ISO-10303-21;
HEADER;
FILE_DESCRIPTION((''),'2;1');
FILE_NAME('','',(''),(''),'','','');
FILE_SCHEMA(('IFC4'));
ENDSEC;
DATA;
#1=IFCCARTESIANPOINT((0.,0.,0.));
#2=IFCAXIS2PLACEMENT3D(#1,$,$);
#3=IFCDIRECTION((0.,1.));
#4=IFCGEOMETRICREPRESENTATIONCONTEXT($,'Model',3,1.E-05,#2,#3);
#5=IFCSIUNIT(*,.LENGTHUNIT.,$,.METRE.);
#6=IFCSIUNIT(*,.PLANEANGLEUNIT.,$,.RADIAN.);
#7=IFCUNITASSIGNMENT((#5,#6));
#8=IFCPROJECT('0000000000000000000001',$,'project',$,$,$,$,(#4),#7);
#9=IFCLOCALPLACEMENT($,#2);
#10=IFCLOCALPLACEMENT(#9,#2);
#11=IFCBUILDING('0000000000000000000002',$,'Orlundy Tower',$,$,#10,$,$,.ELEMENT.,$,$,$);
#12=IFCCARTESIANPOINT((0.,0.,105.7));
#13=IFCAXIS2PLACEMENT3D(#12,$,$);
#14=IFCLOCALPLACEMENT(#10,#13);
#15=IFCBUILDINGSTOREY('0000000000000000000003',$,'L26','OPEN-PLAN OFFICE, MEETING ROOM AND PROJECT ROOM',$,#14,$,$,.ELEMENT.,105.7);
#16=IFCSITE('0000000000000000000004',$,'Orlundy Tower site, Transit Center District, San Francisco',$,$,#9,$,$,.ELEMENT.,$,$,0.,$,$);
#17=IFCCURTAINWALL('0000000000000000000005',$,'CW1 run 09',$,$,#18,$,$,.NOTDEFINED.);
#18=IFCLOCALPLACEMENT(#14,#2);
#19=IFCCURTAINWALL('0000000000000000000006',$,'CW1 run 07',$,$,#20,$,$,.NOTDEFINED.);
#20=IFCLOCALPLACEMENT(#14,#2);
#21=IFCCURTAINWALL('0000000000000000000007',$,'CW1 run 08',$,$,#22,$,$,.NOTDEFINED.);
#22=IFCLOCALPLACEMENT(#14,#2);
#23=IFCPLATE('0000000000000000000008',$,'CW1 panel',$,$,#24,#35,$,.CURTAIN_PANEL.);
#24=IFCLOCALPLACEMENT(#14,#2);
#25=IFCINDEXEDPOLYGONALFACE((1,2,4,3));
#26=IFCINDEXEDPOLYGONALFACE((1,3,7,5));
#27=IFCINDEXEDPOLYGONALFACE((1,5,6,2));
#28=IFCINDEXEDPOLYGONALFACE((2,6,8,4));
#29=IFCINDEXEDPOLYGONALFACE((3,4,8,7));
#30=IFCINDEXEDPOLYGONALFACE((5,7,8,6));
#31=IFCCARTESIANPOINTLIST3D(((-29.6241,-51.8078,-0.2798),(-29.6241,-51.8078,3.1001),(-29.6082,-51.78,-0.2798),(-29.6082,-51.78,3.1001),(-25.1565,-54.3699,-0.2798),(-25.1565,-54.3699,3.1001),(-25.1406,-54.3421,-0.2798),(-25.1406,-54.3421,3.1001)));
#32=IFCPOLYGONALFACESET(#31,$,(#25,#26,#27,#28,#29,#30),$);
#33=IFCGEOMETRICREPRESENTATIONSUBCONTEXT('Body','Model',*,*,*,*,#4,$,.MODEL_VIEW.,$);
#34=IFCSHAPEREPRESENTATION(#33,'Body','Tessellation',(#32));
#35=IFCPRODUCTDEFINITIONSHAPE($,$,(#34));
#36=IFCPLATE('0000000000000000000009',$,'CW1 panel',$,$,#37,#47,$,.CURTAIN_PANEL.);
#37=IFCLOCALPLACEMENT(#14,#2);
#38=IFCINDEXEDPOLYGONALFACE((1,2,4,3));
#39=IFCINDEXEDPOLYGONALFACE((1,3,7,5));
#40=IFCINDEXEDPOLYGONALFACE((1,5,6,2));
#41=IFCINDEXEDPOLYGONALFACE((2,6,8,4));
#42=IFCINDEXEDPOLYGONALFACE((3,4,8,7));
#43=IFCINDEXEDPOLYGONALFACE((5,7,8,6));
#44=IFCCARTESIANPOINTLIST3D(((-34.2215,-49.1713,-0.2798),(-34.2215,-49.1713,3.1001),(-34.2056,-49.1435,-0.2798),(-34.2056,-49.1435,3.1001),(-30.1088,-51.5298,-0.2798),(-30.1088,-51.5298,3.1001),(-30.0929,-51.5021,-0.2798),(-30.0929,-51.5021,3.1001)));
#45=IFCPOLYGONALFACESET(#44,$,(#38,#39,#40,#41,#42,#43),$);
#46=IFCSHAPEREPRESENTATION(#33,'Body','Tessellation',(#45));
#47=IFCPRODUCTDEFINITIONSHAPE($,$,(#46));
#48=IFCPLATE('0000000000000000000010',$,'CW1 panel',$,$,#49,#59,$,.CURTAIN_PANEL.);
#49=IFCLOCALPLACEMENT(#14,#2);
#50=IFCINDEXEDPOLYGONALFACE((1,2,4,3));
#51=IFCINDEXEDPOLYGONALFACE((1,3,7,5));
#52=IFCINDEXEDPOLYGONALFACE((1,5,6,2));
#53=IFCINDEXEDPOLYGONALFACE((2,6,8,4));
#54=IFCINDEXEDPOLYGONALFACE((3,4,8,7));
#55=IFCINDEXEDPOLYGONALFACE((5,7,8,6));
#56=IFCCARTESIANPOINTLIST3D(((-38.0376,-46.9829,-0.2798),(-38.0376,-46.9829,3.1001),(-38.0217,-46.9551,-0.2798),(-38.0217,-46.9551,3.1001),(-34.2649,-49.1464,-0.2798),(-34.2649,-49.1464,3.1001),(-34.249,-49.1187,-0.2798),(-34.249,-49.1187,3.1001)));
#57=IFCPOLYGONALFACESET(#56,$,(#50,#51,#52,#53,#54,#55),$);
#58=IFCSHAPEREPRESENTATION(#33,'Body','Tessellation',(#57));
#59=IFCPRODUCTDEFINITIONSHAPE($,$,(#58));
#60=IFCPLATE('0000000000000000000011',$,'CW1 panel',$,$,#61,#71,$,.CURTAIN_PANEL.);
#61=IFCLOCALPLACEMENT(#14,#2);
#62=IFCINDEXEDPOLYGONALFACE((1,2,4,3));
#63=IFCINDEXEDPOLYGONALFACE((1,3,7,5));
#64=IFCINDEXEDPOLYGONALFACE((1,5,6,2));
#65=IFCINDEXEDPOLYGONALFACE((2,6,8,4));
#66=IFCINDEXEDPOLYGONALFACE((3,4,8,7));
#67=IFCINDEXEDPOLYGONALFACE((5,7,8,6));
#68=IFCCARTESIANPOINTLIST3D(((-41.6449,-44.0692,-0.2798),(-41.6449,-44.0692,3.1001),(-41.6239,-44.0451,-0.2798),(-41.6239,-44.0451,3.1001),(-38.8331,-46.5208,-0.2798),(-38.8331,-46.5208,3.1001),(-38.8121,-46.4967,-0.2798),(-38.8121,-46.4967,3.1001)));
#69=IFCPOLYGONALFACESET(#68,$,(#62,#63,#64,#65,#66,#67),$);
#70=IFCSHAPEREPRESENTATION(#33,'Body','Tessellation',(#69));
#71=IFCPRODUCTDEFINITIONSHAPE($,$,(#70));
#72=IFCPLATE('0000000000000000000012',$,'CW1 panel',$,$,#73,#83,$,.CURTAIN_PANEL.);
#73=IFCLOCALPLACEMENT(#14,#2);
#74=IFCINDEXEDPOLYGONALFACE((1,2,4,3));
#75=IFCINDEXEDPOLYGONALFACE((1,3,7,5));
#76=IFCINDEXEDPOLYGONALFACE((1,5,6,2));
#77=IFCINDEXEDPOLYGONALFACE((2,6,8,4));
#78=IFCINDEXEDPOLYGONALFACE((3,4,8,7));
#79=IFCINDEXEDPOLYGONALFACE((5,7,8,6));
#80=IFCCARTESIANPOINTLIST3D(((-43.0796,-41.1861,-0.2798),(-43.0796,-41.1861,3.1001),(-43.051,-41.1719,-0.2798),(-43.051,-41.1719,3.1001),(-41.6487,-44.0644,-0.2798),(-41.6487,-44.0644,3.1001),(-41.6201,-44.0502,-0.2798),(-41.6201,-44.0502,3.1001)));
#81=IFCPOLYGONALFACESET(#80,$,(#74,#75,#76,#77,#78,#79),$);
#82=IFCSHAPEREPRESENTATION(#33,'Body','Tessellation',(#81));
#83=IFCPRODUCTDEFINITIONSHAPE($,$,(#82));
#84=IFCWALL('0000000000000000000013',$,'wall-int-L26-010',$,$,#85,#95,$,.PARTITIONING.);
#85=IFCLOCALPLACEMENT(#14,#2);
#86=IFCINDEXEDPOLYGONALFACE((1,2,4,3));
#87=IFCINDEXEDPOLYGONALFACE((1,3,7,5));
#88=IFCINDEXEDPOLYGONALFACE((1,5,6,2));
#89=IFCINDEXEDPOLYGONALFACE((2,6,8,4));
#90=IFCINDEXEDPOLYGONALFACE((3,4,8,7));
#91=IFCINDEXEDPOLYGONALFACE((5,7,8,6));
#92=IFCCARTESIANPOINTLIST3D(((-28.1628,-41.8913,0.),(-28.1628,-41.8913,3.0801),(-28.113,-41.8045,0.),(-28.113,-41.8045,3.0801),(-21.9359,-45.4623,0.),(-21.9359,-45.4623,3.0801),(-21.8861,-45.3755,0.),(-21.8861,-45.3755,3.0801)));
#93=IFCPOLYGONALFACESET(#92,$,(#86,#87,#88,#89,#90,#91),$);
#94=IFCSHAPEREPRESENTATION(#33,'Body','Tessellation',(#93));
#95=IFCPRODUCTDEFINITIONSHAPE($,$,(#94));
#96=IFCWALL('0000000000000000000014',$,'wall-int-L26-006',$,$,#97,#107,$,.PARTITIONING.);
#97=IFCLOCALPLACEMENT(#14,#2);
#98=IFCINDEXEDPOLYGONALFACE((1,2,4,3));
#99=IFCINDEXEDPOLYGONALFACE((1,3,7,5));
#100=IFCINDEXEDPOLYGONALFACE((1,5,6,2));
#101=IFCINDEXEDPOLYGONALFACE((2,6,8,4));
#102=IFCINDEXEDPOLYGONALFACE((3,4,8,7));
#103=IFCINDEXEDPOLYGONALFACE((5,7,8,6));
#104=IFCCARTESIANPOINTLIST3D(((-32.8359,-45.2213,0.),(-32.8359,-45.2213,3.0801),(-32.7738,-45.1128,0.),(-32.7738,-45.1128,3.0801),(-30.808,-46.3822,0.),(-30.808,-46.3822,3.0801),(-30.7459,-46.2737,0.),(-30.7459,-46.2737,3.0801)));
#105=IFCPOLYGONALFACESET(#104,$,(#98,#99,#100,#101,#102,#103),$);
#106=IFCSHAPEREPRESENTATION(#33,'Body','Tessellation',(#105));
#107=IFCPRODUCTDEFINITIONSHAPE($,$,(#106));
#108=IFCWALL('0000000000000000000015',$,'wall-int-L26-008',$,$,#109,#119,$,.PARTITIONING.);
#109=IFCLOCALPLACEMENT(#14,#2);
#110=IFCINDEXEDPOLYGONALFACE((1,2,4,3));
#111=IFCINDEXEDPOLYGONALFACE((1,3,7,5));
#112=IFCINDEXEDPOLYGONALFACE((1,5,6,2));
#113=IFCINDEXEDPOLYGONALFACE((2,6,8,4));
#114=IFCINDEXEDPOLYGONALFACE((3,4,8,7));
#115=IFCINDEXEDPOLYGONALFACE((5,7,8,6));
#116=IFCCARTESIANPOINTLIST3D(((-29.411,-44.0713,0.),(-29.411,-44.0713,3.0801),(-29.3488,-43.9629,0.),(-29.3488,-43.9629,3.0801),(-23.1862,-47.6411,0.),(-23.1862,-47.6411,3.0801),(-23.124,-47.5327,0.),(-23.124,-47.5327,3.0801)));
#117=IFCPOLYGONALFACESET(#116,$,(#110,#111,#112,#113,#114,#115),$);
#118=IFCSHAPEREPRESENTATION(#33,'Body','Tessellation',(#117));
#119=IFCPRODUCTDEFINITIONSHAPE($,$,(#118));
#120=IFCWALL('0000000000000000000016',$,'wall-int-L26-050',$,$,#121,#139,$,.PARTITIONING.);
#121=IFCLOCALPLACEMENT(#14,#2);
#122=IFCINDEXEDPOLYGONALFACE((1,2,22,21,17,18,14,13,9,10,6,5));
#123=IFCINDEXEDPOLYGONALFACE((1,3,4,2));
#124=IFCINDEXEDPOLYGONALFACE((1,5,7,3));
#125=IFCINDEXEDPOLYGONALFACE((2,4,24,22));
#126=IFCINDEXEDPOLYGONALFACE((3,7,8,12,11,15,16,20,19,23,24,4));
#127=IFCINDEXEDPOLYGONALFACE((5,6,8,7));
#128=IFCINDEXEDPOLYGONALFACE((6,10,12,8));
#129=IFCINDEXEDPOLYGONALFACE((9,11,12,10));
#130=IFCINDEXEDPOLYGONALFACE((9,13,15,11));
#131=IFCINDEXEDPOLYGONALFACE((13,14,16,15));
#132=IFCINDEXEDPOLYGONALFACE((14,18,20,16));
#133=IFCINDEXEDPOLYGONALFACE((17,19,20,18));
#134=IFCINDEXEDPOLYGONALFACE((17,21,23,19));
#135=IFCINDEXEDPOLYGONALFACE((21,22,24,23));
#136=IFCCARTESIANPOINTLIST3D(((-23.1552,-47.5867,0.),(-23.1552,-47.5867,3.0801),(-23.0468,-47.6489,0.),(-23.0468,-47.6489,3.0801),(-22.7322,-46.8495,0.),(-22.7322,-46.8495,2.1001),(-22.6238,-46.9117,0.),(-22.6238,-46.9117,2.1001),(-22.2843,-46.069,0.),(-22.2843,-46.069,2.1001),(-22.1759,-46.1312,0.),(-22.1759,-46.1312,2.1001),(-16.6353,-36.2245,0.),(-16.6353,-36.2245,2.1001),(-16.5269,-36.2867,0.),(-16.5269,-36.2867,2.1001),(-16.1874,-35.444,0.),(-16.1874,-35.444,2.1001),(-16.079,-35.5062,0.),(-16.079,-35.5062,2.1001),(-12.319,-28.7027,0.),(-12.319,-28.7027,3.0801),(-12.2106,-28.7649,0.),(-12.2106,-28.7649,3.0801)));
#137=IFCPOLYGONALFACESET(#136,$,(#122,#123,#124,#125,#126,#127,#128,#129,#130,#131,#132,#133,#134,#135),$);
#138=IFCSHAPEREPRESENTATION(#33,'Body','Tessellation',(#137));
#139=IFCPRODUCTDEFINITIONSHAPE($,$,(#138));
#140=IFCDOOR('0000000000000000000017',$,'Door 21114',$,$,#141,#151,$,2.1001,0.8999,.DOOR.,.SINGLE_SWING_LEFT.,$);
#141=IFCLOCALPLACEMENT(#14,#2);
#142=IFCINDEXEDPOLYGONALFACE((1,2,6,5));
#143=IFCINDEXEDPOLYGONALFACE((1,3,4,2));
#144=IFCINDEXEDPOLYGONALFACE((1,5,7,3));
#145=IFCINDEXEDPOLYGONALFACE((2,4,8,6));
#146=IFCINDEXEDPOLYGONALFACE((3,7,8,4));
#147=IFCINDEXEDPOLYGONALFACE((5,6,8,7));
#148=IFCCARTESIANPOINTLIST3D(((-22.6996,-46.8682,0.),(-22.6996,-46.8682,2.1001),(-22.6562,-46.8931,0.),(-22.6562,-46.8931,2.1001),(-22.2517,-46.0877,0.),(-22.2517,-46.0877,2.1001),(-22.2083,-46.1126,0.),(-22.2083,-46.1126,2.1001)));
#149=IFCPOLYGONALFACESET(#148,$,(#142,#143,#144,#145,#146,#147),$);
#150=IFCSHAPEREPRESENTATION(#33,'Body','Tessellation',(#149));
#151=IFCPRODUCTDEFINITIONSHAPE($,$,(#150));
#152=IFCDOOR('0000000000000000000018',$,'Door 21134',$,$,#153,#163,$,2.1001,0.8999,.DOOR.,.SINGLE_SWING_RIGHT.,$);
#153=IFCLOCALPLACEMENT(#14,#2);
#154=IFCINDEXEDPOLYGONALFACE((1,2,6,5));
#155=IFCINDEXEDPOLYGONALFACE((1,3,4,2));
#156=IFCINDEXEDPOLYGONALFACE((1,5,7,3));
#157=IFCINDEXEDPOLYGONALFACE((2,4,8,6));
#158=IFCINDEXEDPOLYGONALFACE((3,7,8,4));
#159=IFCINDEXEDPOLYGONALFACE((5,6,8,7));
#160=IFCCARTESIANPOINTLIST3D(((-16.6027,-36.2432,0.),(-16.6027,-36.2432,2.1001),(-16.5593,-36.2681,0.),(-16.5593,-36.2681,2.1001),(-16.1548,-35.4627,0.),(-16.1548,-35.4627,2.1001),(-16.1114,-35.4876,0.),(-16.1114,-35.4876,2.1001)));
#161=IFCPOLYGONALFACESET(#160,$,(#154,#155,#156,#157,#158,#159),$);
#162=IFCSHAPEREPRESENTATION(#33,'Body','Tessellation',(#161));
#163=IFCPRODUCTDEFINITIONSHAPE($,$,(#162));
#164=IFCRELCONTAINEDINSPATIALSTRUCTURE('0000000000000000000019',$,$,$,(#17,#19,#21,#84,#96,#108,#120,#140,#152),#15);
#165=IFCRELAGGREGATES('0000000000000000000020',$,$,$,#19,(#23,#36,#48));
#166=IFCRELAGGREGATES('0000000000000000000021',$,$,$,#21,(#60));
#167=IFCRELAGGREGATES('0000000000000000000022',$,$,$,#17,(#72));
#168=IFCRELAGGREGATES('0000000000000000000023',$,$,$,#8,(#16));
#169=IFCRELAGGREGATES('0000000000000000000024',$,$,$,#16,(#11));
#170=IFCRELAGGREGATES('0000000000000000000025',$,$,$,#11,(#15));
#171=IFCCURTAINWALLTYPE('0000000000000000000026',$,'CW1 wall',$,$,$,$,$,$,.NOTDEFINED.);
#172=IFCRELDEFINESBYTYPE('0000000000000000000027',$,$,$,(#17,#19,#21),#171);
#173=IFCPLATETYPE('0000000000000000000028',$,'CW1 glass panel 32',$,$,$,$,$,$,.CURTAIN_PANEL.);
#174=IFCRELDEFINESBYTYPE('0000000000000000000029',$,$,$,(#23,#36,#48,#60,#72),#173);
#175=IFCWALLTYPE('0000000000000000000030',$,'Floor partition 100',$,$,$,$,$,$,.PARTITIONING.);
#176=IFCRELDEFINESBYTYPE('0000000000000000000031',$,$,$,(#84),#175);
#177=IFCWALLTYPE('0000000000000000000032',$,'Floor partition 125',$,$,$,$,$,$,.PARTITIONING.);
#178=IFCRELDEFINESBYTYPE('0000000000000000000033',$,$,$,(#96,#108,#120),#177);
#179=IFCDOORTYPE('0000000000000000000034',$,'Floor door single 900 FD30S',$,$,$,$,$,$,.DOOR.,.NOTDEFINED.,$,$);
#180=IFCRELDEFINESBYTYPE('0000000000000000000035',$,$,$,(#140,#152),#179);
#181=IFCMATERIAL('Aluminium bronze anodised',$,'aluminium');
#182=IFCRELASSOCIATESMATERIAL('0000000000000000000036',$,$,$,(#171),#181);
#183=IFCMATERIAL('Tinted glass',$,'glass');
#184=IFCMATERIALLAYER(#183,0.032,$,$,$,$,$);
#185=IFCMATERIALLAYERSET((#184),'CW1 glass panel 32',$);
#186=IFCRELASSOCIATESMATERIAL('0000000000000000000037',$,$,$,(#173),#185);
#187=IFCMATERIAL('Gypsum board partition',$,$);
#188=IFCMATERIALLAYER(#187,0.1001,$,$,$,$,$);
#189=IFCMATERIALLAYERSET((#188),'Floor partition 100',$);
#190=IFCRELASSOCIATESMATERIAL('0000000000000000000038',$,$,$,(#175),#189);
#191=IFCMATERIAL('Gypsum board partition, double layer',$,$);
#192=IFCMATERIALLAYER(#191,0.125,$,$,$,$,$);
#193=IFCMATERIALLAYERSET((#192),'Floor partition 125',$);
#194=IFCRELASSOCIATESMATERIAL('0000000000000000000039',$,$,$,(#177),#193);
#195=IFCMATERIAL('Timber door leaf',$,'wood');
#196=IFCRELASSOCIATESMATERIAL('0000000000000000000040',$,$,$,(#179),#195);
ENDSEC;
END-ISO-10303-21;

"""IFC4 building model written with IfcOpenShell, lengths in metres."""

from ifc_helpers import new_model, si_unit, direction, frame, frame_2d, origin, origin_2d, place, context, subcontext, project, spatial, rectangle, extrude, material, layer, layer_set, type_object, element, fill, aggregate, save


model = new_model("IFC4")

# Units and contexts
model_context = context("Model", 3, precision=1e-05, world=origin(), true_north=direction((0.0, 1.0)))
body_context = subcontext(model_context, "Body", "Model", "MODEL_VIEW")
ifc_project = project(units=[si_unit("LENGTHUNIT", "METRE"), si_unit("PLANEANGLEUNIT", "RADIAN")], contexts=[model_context])

# Site, building, storey
site_placement = place(None, origin())
site = spatial("IfcSite", under=ifc_project, at=site_placement, Name="Orlundy Tower site, Transit Center District, San Francisco", CompositionType="ELEMENT", RefElevation=0.0)
building_placement = place(site_placement, origin())
building = spatial("IfcBuilding", under=site, at=building_placement, Name="Orlundy Tower", CompositionType="ELEMENT")
storey_placement = place(building_placement, frame((0.0, 0.0, 105.7)))
storey = spatial("IfcBuildingStorey", under=building, at=storey_placement, Name="L26", Description="OPEN-PLAN OFFICE, MEETING ROOM AND PROJECT ROOM", CompositionType="ELEMENT", Elevation=105.7)

# Curtain wall
ifc_material_1 = material(Name="Aluminium bronze anodised", Category="aluminium")
curtain_wall_type = type_object("IfcCurtainWallType", Name="CW1 wall", PredefinedType="NOTDEFINED", material=ifc_material_1)
curtain_wall_1_placement = place(storey_placement, origin())
curtain_wall_1 = element("IfcCurtainWall", 1, at=curtain_wall_1_placement, inside=storey, type_object=curtain_wall_type, Name="CW1 run 09", PredefinedType="NOTDEFINED")

# Curtain wall
curtain_wall_2_placement = place(storey_placement, origin())
curtain_wall_2 = element("IfcCurtainWall", 2, at=curtain_wall_2_placement, inside=storey, type_object=curtain_wall_type, Name="CW1 run 07", PredefinedType="NOTDEFINED")

# Curtain wall
curtain_wall_3_placement = place(storey_placement, origin())
curtain_wall_3 = element("IfcCurtainWall", 3, at=curtain_wall_3_placement, inside=storey, type_object=curtain_wall_type, Name="CW1 run 08", PredefinedType="NOTDEFINED")

# Plates
ifc_material_2 = material(Name="Tinted glass", Category="glass")
ifc_layer_1 = layer(ifc_material_2, 0.032)
ifc_layer_set_1 = layer_set([ifc_layer_1], Name="CW1 glass panel 32")
plate_type = type_object("IfcPlateType", Name="CW1 glass panel 32", PredefinedType="CURTAIN_PANEL", material=ifc_layer_set_1)
plate_1_placement = place(storey_placement, frame((-27.3823, -53.075, -0.2798), z_axis=(0.0, 0.0, 1.0), x_axis=(-0.867477, 0.497477, 0.0)))
plate_1 = element("IfcPlate", 4, at=plate_1_placement, type_object=plate_type, Name="CW1 panel", PredefinedType="CURTAIN_PANEL", context=body_context, shape_type="SweptSolid", body=[
    extrude(rectangle(XDim=5.1501, YDim=0.032, at=origin_2d()), origin(), (0.0, 0.0, 1.0), 3.3799),
])
plate_2_placement = place(storey_placement, frame((-32.1572, -50.3367, -0.2798), z_axis=(0.0, 0.0, 1.0), x_axis=(-0.867477, 0.497477, 0.0)))
plate_2 = element("IfcPlate", 5, at=plate_2_placement, type_object=plate_type, Name="CW1 panel", PredefinedType="CURTAIN_PANEL", context=body_context, shape_type="SweptSolid", body=[
    extrude(rectangle(XDim=4.741, YDim=0.032, at=origin_2d()), origin(), (0.0, 0.0, 1.0), 3.3799),
])
plate_3_placement = place(storey_placement, frame((-36.1433, -48.0508, -0.2798), z_axis=(0.0, 0.0, 1.0), x_axis=(-0.867477, 0.497477, 0.0)))
plate_3 = element("IfcPlate", 6, at=plate_3_placement, type_object=plate_type, Name="CW1 panel", PredefinedType="CURTAIN_PANEL", context=body_context, shape_type="SweptSolid", body=[
    extrude(rectangle(XDim=4.3491, YDim=0.032, at=origin_2d()), origin(), (0.0, 0.0, 1.0), 3.3799),
])
aggregate(curtain_wall_2, [plate_1, plate_2, plate_3])
plate_4_placement = place(storey_placement, frame((-40.2285, -45.283, -0.2798), z_axis=(0.0, 0.0, 1.0), x_axis=(-0.753745, 0.657167, 0.0)))
plate_4 = element("IfcPlate", 7, at=plate_4_placement, type_object=plate_type, Name="CW1 panel", PredefinedType="CURTAIN_PANEL", context=body_context, shape_type="SweptSolid", body=[
    extrude(rectangle(XDim=3.7305, YDim=0.032, at=origin_2d()), origin(), (0.0, 0.0, 1.0), 3.3799),
])
aggregate(curtain_wall_3, [plate_4])
plate_5_placement = place(storey_placement, frame((-42.3499, -42.6182, -0.2798), z_axis=(0.0, 0.0, 1.0), x_axis=(-0.445162, 0.89545, 0.0)))
plate_5 = element("IfcPlate", 8, at=plate_5_placement, type_object=plate_type, Name="CW1 panel", PredefinedType="CURTAIN_PANEL", context=body_context, shape_type="SweptSolid", body=[
    extrude(rectangle(XDim=3.2144, YDim=0.032, at=origin_2d()), origin(), (0.0, 0.0, 1.0), 3.3799),
])
aggregate(curtain_wall_1, [plate_5])

# Walls
ifc_material_3 = material(Name="Gypsum board partition")
ifc_layer_2 = layer(ifc_material_3, 0.1001)
ifc_layer_set_2 = layer_set([ifc_layer_2], Name="Floor partition 100")
wall_type_1 = type_object("IfcWallType", Name="Floor partition 100", PredefinedType="PARTITIONING", material=ifc_layer_set_2)
wall_1_placement = place(storey_placement, frame((-28.1379, -41.8479, 0.0), z_axis=(0.0, 0.0, 1.0), x_axis=(0.867478, -0.497475, 0.0)))
element("IfcWall", 9, at=wall_1_placement, inside=storey, type_object=wall_type_1, Name="wall-int-L26-010", PredefinedType="PARTITIONING", context=body_context, shape_type="SweptSolid", body=[
    extrude(rectangle(XDim=7.1782, YDim=0.1001, at=frame_2d((3.5891, 0.0))), origin(), (0.0, 0.0, 1.0), 3.0801),
])
ifc_material_4 = material(Name="Gypsum board partition, double layer")
ifc_layer_3 = layer(ifc_material_4, 0.125)
ifc_layer_set_3 = layer_set([ifc_layer_3], Name="Floor partition 125")
wall_type_2 = type_object("IfcWallType", Name="Floor partition 125", PredefinedType="PARTITIONING", material=ifc_layer_set_3)
wall_2_placement = place(storey_placement, frame((-32.8049, -45.167, 0.0), z_axis=(0.0, 0.0, 1.0), x_axis=(0.867851, -0.496825, 0.0)))
element("IfcWall", 10, at=wall_2_placement, inside=storey, type_object=wall_type_2, Name="wall-int-L26-006", PredefinedType="PARTITIONING", context=body_context, shape_type="SweptSolid", body=[
    extrude(rectangle(XDim=2.3367, YDim=0.125, at=frame_2d((1.1685, 0.0))), origin(), (0.0, 0.0, 1.0), 3.0801),
])
wall_3_placement = place(storey_placement, frame((-29.3799, -44.0171, 0.0), z_axis=(0.0, 0.0, 1.0), x_axis=(0.867476, -0.497479, 0.0)))
element("IfcWall", 11, at=wall_3_placement, inside=storey, type_object=wall_type_2, Name="wall-int-L26-008", PredefinedType="PARTITIONING", context=body_context, shape_type="SweptSolid", body=[
    extrude(rectangle(XDim=7.1758, YDim=0.125, at=frame_2d((3.5879, 0.0))), origin(), (0.0, 0.0, 1.0), 3.0801),
])

# Wall, openings, doors
wall_4_placement = place(storey_placement, frame((-23.1011, -47.6179, 0.0), z_axis=(0.0, 0.0, 1.0), x_axis=(0.497707, 0.867345, 0.0)))
wall_4 = element("IfcWall", 12, at=wall_4_placement, inside=storey, type_object=wall_type_2, Name="wall-int-L26-050", PredefinedType="PARTITIONING", context=body_context, shape_type="SweptSolid", body=[
    extrude(rectangle(XDim=21.7722, YDim=0.125, at=frame_2d((10.8862, 0.0))), origin(), (0.0, 0.0, 1.0), 3.0801),
])
opening_1_placement = place(wall_4_placement, frame((0.8501, 0.0, 0.0)))
opening_1 = element("IfcOpeningElement", 13, at=opening_1_placement, cuts=wall_4, PredefinedType="OPENING", context=body_context, shape_type="SweptSolid", body=[
    extrude(rectangle(XDim=0.8999, YDim=2.1001, at=frame_2d((0.45, 1.05))), frame((0.0, 0.0725, 0.0), z_axis=(0.0, -1.0, 0.0), x_axis=(1.0, 0.0, 0.0)), (0.0, 0.0, 1.0), 0.145),
])
opening_2_placement = place(wall_4_placement, frame((13.1001, 0.0, 0.0)))
opening_2 = element("IfcOpeningElement", 14, at=opening_2_placement, cuts=wall_4, PredefinedType="OPENING", context=body_context, shape_type="SweptSolid", body=[
    extrude(rectangle(XDim=0.8999, YDim=2.1001, at=frame_2d((0.45, 1.05))), frame((0.0, 0.0725, 0.0), z_axis=(0.0, -1.0, 0.0), x_axis=(1.0, 0.0, 0.0)), (0.0, 0.0, 1.0), 0.145),
])
ifc_material_5 = material(Name="Timber door leaf", Category="wood")
door_type_1 = type_object("IfcDoorType", Name="Floor door single 900 FD30S", OperationType="NOTDEFINED", PredefinedType="DOOR", material=ifc_material_5)
door_1_placement = place(opening_1_placement, origin())
door_1 = element("IfcDoor", 15, at=door_1_placement, inside=storey, type_object=door_type_1, Name="Door 21114", OperationType="SINGLE_SWING_LEFT", OverallHeight=2.1001, OverallWidth=0.8999, PredefinedType="DOOR", context=body_context, shape_type="SweptSolid", body=[
    extrude(rectangle(XDim=0.8999, YDim=2.1001, at=frame_2d((0.45, 1.05))), frame((0.0, 0.0249, 0.0), z_axis=(0.0, -1.0, 0.0), x_axis=(1.0, 0.0, 0.0)), (0.0, 0.0, 1.0), 0.05),
])
fill(opening_1, door_1)
door_2_placement = place(opening_2_placement, origin())
door_2 = element("IfcDoor", 16, at=door_2_placement, inside=storey, type_object=door_type_1, Name="Door 21134", OperationType="SINGLE_SWING_RIGHT", OverallHeight=2.1001, OverallWidth=0.8999, PredefinedType="DOOR", context=body_context, shape_type="SweptSolid", body=[
    extrude(rectangle(XDim=0.8999, YDim=2.1001, at=frame_2d((0.45, 1.05))), frame((0.0, 0.0249, 0.0), z_axis=(0.0, -1.0, 0.0), x_axis=(1.0, 0.0, 0.0)), (0.0, 0.0, 1.0), 0.05),
])
fill(opening_2, door_2)

save(model, "model.ifc")
